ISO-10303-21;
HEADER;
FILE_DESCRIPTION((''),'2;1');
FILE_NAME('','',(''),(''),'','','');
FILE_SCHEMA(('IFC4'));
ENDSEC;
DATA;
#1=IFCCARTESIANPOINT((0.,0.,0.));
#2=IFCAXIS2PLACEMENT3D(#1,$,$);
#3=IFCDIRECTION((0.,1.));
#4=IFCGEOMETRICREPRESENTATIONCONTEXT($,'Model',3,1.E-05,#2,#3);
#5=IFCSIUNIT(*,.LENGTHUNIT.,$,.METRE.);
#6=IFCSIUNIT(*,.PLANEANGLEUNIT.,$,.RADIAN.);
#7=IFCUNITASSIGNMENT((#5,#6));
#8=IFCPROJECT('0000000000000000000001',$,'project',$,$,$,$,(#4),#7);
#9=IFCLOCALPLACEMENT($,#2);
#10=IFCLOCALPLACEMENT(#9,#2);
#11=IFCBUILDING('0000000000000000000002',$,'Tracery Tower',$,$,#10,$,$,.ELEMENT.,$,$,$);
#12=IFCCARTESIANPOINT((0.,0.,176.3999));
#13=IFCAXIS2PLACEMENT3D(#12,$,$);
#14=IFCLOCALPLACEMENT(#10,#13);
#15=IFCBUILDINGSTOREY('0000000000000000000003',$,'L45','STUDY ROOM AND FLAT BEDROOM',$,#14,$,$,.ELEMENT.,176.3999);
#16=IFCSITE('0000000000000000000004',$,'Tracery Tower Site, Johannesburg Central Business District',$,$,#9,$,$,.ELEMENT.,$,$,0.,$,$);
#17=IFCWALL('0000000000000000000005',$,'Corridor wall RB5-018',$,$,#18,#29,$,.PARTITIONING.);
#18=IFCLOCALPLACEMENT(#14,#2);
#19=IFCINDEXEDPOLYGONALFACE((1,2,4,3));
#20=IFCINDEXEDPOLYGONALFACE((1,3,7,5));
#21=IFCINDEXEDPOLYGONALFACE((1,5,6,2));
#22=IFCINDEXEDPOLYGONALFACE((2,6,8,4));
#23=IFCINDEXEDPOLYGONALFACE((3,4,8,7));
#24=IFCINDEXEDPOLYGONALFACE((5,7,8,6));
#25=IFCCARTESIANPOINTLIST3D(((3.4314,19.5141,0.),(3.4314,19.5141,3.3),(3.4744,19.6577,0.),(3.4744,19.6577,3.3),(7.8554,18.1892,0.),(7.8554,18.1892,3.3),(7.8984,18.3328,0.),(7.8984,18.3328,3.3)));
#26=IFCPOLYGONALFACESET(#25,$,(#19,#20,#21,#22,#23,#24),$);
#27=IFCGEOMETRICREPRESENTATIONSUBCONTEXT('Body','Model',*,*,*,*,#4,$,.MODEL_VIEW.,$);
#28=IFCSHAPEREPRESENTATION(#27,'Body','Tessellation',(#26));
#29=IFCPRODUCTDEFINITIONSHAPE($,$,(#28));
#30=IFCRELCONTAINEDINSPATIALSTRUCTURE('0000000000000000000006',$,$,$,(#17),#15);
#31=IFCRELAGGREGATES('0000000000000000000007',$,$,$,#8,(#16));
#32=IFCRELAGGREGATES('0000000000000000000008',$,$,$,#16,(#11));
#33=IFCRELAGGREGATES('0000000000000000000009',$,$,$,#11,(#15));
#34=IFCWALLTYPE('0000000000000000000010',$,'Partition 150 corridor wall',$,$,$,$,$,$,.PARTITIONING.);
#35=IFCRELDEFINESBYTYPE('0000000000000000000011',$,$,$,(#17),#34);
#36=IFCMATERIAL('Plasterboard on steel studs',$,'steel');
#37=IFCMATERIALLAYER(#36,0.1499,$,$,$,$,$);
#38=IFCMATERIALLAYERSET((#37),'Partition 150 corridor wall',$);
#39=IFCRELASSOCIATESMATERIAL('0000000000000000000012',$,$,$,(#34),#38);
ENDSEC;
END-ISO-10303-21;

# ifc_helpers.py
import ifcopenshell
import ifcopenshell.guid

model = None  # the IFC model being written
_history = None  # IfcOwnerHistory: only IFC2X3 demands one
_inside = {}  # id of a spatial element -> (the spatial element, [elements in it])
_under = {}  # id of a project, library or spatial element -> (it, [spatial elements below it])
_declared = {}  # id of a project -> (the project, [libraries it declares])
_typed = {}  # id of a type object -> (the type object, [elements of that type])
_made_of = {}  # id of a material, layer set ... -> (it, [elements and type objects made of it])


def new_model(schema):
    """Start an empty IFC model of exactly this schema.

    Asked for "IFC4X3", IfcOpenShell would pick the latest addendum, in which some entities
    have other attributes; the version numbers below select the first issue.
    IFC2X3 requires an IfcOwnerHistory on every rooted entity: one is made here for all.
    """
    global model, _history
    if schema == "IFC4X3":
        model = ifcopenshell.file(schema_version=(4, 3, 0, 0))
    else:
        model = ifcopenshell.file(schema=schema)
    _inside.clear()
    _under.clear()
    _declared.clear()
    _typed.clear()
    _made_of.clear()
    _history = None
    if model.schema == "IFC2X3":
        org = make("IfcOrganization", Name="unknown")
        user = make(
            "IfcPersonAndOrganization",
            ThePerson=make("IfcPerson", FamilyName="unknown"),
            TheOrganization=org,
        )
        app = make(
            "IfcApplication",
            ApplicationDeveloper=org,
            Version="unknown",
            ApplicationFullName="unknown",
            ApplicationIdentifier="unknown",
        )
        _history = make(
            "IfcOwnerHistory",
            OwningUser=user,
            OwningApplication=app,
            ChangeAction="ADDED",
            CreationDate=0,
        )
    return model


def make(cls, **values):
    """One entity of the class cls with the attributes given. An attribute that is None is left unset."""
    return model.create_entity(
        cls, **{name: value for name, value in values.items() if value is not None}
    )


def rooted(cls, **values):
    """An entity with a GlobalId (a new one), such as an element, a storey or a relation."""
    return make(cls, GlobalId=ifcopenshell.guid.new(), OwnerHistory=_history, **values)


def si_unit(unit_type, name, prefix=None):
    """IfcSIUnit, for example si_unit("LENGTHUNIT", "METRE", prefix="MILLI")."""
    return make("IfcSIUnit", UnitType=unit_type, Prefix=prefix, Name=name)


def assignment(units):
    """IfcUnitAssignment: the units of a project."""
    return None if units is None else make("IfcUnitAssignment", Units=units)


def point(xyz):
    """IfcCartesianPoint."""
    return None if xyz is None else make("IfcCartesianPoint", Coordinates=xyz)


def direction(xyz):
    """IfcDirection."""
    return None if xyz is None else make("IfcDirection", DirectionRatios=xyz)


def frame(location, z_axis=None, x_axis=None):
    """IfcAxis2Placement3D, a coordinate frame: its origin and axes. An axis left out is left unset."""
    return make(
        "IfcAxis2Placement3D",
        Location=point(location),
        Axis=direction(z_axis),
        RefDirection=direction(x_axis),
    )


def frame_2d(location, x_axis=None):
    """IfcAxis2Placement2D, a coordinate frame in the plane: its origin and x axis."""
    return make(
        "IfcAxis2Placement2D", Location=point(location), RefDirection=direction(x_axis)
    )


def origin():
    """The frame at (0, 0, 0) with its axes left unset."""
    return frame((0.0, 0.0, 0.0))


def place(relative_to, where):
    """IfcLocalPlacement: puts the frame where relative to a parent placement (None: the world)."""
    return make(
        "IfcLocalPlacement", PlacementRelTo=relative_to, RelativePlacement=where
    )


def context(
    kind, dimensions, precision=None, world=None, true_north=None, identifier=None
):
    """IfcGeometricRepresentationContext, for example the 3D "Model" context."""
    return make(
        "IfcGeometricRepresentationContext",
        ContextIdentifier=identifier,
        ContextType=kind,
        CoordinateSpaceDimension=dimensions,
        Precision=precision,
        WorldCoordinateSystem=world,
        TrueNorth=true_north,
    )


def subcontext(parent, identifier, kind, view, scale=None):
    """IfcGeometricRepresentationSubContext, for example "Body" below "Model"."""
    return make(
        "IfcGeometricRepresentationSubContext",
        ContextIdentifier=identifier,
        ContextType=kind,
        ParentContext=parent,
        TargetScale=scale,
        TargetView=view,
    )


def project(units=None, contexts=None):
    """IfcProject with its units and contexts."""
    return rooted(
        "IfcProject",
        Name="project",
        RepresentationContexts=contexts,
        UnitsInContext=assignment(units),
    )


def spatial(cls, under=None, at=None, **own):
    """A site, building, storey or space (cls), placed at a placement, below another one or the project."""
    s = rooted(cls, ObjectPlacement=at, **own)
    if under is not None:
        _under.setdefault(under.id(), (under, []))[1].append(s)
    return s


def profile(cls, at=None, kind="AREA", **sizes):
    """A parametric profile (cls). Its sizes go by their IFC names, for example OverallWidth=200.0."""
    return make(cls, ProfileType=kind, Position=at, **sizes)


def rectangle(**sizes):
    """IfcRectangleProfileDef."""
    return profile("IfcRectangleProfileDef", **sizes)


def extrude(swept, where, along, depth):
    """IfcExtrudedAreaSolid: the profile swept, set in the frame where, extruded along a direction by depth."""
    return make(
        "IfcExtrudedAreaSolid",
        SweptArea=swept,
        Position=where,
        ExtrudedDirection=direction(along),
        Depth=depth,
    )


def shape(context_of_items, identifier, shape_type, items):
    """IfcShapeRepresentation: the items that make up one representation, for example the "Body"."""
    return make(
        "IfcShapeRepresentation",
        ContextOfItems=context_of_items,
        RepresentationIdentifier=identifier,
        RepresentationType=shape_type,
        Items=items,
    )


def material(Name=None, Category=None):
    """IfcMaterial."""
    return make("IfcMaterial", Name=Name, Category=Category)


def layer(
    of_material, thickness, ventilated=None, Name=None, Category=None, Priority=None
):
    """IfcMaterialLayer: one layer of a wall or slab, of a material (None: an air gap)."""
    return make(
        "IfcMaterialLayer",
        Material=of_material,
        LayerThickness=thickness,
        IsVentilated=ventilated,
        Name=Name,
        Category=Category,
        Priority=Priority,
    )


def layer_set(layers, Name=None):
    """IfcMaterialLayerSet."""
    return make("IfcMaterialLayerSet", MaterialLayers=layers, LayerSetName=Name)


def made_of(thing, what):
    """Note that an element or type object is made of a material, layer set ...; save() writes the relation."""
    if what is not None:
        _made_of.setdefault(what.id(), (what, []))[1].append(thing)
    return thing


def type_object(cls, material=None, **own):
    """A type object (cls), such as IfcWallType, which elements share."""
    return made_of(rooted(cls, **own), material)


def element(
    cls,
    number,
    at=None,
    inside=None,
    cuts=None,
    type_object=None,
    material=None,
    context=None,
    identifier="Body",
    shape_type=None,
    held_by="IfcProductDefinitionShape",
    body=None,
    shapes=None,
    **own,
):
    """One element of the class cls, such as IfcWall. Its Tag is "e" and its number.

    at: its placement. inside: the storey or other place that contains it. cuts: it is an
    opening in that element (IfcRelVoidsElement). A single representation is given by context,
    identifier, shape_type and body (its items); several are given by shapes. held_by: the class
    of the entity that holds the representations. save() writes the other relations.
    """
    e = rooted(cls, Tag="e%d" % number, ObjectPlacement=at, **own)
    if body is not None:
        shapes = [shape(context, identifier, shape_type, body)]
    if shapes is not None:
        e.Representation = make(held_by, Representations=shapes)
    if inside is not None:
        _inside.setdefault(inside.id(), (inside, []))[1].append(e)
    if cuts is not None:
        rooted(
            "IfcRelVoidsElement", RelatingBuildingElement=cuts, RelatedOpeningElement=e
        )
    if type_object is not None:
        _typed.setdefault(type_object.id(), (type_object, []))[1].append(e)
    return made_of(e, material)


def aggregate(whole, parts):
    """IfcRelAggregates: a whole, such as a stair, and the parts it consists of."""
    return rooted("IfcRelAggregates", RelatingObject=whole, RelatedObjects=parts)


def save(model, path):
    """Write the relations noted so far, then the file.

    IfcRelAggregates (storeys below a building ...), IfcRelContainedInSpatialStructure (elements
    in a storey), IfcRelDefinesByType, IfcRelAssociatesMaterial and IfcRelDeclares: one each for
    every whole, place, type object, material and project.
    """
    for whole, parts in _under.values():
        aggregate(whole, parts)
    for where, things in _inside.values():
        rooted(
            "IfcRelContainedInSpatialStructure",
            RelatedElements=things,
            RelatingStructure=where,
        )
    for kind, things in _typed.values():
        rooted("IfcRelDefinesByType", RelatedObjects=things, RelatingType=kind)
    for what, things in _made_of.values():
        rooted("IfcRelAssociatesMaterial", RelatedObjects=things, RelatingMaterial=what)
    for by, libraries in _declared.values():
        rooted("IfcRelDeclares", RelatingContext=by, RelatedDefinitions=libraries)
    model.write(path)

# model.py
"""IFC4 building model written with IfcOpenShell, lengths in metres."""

from ifc_helpers import new_model, si_unit, direction, frame, frame_2d, origin, place, context, subcontext, project, spatial, rectangle, extrude, material, layer, layer_set, type_object, element, save


model = new_model("IFC4")

# Units and contexts
model_context = context("Model", 3, precision=1e-05, world=origin(), true_north=direction((0.0, 1.0)))
body_context = subcontext(model_context, "Body", "Model", "MODEL_VIEW")
ifc_project = project(units=[si_unit("LENGTHUNIT", "METRE"), si_unit("PLANEANGLEUNIT", "RADIAN")], contexts=[model_context])

# Site, building, storey
site_placement = place(None, origin())
site = spatial("IfcSite", under=ifc_project, at=site_placement, Name="Tracery Tower Site, Johannesburg Central Business District", CompositionType="ELEMENT", RefElevation=0.0)
building_placement = place(site_placement, origin())
building = spatial("IfcBuilding", under=site, at=building_placement, Name="Tracery Tower", CompositionType="ELEMENT")
storey_placement = place(building_placement, frame((0.0, 0.0, 176.3999)))
storey = spatial("IfcBuildingStorey", under=building, at=storey_placement, Name="L45", Description="STUDY ROOM AND FLAT BEDROOM", CompositionType="ELEMENT", Elevation=176.3999)

# Wall
ifc_material_1 = material(Name="Plasterboard on steel studs", Category="steel")
ifc_layer_1 = layer(ifc_material_1, 0.1499)
ifc_layer_set_1 = layer_set([ifc_layer_1], Name="Partition 150 corridor wall")
wall_type_1 = type_object("IfcWallType", Name="Partition 150 corridor wall", PredefinedType="PARTITIONING", material=ifc_layer_set_1)
wall_1_placement = place(storey_placement, frame((3.4529, 19.5859, 0.0), z_axis=(0.0, 0.0, 1.0), x_axis=(0.957961, -0.286897, 0.0)))
element("IfcWall", 1, at=wall_1_placement, inside=storey, type_object=wall_type_1, Name="Corridor wall RB5-018", PredefinedType="PARTITIONING", context=body_context, shape_type="SweptSolid", body=[
    extrude(rectangle(XDim=4.6182, YDim=0.1499, at=frame_2d((2.3091, 0.0))), origin(), (0.0, 0.0, 1.0), 3.3),
])

save(model, "model.ifc")
